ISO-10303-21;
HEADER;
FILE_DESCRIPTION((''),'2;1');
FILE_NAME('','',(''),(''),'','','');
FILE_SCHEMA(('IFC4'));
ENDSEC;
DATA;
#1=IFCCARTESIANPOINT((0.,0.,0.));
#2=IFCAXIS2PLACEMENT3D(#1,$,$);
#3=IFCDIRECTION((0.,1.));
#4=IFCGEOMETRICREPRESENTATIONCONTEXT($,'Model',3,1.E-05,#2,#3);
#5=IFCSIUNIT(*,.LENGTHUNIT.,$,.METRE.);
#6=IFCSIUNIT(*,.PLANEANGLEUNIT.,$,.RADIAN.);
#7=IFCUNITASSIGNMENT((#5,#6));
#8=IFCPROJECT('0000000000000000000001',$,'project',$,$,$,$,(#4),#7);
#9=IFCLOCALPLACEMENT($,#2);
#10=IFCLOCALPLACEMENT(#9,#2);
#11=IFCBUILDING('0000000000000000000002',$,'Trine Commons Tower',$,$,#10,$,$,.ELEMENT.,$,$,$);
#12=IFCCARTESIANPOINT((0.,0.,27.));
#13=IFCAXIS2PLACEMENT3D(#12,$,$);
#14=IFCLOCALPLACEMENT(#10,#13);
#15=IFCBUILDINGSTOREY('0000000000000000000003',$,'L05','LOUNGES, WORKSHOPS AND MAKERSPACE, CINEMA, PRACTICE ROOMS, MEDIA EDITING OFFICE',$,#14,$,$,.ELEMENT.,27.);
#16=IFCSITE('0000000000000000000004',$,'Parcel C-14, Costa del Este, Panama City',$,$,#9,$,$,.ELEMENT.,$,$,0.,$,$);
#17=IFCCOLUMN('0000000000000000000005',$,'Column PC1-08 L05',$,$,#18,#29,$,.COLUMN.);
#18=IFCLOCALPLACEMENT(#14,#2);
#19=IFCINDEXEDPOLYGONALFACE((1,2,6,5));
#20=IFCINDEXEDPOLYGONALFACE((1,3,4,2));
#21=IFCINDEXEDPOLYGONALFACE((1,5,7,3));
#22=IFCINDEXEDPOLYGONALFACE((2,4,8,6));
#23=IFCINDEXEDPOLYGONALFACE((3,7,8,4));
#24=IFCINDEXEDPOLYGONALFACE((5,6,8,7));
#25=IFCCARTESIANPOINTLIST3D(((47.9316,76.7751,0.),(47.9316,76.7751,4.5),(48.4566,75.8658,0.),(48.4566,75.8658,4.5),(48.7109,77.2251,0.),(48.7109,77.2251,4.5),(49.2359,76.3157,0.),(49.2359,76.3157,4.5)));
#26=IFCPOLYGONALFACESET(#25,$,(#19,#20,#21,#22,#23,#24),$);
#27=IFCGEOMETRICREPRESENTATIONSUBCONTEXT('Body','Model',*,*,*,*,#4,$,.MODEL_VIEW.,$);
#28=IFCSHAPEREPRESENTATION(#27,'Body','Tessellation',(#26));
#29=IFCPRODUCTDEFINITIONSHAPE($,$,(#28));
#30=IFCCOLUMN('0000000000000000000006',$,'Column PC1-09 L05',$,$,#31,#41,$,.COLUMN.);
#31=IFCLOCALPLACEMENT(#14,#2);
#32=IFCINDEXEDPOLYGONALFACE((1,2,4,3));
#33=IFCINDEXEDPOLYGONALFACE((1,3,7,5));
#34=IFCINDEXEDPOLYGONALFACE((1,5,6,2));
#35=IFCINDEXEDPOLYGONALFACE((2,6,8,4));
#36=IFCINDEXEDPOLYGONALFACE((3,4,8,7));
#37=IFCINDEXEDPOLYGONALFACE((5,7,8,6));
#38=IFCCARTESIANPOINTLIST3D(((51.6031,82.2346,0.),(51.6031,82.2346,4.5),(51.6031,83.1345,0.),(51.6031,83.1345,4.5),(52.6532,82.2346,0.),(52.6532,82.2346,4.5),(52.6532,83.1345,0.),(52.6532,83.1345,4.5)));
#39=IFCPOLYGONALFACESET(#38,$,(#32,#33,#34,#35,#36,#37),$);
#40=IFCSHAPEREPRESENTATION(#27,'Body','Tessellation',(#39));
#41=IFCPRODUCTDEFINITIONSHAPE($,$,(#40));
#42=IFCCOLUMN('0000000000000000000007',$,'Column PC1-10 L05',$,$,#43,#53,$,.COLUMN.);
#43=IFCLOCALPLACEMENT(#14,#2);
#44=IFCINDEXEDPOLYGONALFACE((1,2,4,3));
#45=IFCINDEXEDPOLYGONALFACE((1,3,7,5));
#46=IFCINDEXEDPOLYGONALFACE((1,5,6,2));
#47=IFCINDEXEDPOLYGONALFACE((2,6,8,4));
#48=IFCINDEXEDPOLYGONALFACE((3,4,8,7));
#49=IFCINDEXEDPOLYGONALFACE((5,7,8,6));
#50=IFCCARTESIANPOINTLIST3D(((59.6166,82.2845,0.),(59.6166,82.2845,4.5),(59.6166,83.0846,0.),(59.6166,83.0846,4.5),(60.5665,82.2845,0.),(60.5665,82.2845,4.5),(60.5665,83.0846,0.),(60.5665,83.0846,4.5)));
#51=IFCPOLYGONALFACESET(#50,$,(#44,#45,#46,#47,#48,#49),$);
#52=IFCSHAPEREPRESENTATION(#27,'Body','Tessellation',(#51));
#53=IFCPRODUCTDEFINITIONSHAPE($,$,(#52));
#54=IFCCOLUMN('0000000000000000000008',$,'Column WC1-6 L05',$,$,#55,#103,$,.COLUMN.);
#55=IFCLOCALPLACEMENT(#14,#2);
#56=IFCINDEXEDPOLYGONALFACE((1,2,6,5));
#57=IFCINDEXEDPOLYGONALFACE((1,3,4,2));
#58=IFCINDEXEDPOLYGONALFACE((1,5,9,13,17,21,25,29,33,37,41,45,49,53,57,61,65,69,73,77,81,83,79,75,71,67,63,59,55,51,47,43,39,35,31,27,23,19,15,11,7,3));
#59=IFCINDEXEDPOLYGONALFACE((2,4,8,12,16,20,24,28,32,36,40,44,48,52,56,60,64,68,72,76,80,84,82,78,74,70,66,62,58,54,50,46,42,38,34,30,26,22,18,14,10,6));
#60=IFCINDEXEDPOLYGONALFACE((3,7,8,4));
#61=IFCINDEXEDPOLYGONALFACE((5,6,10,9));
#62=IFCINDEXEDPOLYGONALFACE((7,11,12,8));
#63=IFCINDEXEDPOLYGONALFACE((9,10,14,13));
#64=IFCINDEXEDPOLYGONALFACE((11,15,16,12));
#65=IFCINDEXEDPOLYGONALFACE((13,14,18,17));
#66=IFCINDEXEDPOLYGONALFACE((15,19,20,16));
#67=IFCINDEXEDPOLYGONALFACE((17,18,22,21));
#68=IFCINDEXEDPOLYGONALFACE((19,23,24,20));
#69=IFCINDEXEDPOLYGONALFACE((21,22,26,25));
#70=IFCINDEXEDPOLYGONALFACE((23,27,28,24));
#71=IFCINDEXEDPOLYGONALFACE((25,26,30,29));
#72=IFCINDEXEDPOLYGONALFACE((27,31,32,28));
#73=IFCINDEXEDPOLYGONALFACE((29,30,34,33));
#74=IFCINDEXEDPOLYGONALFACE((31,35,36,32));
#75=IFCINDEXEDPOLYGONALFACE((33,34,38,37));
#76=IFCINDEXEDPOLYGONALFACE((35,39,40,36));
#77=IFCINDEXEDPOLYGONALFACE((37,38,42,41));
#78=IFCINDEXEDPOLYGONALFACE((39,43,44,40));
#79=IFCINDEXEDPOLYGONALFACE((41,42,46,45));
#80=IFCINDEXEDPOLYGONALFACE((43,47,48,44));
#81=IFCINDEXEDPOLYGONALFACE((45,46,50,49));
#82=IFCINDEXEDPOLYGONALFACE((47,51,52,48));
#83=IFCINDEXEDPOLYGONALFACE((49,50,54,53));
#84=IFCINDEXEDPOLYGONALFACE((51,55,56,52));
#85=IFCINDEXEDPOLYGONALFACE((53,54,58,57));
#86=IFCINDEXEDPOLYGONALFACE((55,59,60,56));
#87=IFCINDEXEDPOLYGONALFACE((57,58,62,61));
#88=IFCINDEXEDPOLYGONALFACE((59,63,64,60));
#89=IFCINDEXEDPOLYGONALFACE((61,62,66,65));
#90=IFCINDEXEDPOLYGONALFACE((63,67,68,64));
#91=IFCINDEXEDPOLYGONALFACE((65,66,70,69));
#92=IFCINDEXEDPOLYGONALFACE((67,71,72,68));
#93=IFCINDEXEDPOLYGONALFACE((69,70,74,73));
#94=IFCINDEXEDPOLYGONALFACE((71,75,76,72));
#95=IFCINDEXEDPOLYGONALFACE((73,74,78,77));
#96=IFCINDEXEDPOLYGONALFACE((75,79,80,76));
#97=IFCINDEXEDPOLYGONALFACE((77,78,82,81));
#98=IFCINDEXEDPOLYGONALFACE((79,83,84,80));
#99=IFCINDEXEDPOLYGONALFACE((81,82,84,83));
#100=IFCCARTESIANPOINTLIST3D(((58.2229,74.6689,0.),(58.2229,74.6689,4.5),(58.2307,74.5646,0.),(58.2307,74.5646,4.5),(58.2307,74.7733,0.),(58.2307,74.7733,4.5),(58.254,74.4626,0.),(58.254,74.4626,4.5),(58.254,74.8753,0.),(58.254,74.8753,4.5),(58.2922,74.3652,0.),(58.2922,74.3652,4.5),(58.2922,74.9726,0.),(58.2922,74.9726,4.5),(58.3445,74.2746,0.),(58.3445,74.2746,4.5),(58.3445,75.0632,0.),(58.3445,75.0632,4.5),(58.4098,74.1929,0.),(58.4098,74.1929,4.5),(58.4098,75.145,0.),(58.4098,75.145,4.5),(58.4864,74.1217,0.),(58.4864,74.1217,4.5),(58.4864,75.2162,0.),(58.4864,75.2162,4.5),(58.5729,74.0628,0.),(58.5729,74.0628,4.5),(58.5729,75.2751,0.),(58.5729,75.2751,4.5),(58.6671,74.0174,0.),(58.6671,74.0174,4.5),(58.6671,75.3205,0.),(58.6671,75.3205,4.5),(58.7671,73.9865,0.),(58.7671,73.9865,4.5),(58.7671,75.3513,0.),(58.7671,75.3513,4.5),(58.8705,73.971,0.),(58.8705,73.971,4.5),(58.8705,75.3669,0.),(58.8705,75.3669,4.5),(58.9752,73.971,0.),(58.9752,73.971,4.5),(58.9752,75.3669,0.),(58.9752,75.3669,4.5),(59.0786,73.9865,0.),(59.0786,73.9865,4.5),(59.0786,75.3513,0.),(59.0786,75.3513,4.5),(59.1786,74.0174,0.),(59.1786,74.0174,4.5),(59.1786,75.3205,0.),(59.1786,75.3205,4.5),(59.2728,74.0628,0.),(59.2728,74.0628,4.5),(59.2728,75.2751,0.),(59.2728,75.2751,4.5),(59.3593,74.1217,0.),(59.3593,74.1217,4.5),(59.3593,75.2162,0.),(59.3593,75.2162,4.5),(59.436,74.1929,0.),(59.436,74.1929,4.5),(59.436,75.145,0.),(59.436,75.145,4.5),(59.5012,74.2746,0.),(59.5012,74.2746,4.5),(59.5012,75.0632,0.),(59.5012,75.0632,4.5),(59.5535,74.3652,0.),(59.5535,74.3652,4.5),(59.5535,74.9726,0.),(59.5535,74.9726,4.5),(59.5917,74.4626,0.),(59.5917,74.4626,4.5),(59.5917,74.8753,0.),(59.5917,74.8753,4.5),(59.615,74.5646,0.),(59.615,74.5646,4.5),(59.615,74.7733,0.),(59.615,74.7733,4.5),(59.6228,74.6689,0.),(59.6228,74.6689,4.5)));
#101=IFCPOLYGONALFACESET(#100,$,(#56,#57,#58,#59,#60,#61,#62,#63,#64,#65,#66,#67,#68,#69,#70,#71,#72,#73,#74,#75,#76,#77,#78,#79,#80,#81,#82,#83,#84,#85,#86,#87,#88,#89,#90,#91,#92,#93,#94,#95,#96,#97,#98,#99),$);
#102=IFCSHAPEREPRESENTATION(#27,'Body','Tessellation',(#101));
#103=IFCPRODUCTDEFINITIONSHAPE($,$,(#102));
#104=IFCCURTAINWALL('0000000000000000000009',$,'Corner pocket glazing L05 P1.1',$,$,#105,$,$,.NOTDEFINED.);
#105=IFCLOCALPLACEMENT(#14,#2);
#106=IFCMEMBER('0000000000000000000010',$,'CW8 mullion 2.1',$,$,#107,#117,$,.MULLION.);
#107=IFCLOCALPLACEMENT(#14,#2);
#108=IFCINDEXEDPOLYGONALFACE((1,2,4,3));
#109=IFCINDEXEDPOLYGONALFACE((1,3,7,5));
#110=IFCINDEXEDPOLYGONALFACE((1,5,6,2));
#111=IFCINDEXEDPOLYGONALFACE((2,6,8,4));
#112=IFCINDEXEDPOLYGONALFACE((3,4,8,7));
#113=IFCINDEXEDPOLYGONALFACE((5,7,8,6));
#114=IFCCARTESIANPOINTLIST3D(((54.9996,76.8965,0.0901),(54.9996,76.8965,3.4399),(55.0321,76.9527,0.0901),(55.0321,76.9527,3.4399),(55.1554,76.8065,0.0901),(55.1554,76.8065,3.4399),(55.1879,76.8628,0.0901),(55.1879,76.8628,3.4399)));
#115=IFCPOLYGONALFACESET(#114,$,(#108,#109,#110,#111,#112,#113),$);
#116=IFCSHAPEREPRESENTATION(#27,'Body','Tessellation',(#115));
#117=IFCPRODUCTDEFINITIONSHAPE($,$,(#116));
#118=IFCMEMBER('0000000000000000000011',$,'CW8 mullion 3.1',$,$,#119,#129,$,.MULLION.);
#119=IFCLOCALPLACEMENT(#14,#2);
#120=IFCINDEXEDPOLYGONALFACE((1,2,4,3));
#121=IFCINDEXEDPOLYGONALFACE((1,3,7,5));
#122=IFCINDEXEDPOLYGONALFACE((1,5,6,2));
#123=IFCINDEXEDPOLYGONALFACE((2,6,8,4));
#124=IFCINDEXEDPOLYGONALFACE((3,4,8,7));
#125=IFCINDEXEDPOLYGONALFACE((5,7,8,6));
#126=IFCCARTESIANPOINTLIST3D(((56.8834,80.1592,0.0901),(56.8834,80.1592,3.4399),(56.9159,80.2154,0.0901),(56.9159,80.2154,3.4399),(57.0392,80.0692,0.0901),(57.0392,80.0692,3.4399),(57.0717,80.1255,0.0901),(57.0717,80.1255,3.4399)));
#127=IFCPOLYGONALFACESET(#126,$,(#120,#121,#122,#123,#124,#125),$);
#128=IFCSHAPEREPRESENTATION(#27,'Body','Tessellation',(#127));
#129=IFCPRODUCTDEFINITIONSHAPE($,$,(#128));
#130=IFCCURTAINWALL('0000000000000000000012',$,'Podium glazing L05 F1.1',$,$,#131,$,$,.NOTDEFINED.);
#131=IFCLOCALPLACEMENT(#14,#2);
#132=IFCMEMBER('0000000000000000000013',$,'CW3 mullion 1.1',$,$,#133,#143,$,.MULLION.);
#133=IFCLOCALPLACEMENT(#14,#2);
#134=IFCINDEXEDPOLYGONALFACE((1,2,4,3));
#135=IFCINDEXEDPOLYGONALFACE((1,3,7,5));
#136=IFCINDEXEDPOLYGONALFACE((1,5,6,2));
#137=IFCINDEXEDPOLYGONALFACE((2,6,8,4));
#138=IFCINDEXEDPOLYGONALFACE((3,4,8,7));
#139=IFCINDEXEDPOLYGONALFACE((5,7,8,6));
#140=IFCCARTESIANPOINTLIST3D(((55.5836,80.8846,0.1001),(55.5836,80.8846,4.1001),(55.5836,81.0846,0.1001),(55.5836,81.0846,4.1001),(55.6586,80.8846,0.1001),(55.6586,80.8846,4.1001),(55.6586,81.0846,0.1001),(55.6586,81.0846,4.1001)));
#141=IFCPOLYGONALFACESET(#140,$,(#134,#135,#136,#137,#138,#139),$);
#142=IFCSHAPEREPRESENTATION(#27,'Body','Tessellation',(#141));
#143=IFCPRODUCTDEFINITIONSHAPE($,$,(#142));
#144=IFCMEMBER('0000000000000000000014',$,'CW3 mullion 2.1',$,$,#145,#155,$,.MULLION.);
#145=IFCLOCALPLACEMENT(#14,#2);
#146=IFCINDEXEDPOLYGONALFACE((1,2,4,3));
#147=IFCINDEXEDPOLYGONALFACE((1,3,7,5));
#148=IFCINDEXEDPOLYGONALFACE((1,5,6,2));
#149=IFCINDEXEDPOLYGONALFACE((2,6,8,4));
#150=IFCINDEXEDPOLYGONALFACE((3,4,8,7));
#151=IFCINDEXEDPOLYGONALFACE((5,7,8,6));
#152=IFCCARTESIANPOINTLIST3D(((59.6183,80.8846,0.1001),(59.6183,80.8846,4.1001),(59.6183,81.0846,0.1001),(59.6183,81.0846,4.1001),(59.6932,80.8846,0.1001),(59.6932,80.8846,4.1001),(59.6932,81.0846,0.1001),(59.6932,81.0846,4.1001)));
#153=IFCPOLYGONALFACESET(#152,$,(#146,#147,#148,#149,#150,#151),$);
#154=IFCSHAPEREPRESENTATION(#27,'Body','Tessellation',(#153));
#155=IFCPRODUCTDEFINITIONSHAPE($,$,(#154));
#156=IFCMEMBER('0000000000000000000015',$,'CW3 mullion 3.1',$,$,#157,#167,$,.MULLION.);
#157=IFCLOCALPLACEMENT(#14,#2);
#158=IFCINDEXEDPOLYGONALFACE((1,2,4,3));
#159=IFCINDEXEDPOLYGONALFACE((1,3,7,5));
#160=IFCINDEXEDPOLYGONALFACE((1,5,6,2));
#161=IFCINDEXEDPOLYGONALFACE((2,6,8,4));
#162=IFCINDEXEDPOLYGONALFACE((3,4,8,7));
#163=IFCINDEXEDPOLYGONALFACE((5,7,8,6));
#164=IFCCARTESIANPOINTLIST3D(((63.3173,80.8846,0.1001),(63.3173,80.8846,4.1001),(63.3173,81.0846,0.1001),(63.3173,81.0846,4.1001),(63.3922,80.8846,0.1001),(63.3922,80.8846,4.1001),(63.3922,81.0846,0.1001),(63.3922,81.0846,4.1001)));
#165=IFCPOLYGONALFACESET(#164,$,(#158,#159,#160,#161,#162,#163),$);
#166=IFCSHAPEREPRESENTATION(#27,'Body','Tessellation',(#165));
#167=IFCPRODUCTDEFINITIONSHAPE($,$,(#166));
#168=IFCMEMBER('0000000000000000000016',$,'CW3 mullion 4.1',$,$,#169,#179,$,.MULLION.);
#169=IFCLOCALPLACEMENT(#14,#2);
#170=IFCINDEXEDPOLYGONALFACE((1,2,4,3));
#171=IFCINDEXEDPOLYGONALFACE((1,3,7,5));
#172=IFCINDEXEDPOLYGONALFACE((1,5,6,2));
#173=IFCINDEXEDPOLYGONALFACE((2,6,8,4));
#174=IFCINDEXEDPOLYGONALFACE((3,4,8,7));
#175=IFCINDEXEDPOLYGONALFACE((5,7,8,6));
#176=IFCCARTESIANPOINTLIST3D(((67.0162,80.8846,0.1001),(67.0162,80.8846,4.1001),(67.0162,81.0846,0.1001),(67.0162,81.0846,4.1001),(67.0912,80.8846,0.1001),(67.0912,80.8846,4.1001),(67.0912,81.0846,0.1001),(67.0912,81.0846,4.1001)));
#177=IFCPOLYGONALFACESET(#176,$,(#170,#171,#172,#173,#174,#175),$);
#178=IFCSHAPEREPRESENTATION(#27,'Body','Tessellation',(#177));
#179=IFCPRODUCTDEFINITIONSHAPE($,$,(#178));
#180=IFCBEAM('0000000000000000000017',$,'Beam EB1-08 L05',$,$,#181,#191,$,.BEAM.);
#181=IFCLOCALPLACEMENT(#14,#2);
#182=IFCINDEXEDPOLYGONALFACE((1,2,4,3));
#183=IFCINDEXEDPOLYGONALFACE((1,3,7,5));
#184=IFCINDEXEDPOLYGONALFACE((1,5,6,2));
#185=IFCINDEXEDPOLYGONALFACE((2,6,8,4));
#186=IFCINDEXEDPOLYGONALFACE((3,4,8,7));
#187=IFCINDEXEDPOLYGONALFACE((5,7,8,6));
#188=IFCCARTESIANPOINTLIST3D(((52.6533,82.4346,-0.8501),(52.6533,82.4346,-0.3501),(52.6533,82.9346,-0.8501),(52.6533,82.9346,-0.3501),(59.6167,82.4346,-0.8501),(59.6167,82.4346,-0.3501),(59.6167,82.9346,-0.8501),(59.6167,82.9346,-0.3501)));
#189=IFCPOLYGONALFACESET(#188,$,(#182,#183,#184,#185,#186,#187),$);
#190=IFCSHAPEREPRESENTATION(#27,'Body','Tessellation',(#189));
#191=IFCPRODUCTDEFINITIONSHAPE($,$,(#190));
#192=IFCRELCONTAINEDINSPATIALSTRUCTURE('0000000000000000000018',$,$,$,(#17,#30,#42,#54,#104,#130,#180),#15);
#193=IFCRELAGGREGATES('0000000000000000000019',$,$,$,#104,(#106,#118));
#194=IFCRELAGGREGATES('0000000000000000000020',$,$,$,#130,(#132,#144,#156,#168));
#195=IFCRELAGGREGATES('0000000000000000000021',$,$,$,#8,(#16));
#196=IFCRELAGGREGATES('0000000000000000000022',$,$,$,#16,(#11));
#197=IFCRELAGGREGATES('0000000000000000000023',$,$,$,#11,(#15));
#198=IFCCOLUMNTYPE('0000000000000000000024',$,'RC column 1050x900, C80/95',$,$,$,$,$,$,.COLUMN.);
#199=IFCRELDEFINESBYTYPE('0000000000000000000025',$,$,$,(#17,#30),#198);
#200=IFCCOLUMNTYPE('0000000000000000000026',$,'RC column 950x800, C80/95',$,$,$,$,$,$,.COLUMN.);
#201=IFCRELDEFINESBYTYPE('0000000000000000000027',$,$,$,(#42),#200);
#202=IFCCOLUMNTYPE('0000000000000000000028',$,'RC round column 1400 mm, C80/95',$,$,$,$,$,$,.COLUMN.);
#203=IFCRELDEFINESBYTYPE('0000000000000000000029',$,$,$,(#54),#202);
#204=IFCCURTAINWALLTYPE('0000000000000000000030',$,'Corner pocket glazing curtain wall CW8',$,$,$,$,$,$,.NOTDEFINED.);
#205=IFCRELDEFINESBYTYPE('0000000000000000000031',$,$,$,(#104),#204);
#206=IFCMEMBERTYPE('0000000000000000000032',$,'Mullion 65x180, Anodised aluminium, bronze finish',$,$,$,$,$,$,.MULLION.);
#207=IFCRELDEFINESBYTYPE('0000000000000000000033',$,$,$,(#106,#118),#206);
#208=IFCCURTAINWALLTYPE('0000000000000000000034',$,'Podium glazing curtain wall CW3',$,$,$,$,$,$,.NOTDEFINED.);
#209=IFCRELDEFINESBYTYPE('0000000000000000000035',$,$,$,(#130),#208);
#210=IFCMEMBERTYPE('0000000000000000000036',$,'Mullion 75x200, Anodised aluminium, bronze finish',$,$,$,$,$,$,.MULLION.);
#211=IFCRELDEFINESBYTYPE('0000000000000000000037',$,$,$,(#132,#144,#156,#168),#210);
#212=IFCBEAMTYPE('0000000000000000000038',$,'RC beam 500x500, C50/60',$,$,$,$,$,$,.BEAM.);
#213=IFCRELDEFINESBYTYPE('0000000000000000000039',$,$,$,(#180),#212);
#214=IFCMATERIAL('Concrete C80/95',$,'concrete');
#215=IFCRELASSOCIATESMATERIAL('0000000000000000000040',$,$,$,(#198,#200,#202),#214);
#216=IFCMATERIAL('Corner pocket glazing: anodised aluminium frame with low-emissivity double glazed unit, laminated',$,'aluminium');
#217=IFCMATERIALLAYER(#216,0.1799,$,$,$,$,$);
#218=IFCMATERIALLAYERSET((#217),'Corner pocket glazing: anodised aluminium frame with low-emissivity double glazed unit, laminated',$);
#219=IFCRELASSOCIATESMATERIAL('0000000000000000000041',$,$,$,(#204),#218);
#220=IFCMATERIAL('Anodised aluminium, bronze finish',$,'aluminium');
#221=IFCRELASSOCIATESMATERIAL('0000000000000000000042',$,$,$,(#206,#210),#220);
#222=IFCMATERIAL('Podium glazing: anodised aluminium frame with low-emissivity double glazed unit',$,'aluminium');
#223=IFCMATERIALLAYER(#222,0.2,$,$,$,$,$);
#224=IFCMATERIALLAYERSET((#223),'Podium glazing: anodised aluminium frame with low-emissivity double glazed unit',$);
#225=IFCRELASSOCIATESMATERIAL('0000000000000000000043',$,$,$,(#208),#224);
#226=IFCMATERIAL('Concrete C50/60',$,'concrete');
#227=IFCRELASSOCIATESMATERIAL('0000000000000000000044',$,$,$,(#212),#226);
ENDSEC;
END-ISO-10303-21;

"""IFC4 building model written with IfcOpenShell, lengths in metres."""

from ifc_helpers import new_model, si_unit, direction, frame, origin, origin_2d, place, context, subcontext, project, spatial, rectangle, circle, extrude, material, layer, layer_set, material_profile, profile_set, type_object, element, aggregate, save


model = new_model("IFC4")

# Units and contexts
model_context = context("Model", 3, precision=1e-05, world=origin(), true_north=direction((0.0, 1.0)))
body_context = subcontext(model_context, "Body", "Model", "MODEL_VIEW")
ifc_project = project(units=[si_unit("LENGTHUNIT", "METRE"), si_unit("PLANEANGLEUNIT", "RADIAN")], contexts=[model_context])

# Site, building, storey
site_placement = place(None, origin())
site = spatial("IfcSite", under=ifc_project, at=site_placement, Name="Parcel C-14, Costa del Este, Panama City", CompositionType="ELEMENT", RefElevation=0.0)
building_placement = place(site_placement, origin())
building = spatial("IfcBuilding", under=site, at=building_placement, Name="Trine Commons Tower", CompositionType="ELEMENT")
storey_placement = place(building_placement, frame((0.0, 0.0, 27.0)))
storey = spatial("IfcBuildingStorey", under=building, at=storey_placement, Name="L05", Description="LOUNGES, WORKSHOPS AND MAKERSPACE, CINEMA, PRACTICE ROOMS, MEDIA EDITING OFFICE", CompositionType="ELEMENT", Elevation=27.0)

# Columns
ifc_material_1 = material(Name="Concrete C80/95", Category="concrete")
ifc_material_profile_1 = material_profile(ifc_material_1, rectangle(XDim=1.05, YDim=0.8999, at=origin_2d()), Name="RC 1050x900")
ifc_profile_set_1 = profile_set([ifc_material_profile_1], Name="Concrete C80/95")
column_type_1 = type_object("IfcColumnType", Name="RC column 1050x900, C80/95", PredefinedType="COLUMN", material=ifc_profile_set_1)
for number, where, z_axis, x_axis, name in (
    (1, (48.5837, 76.5454, 0.0), (0.0, 0.0, 1.0), (-0.5, 0.866025, 0.0), "Column PC1-08 L05"),
    (2, (52.1282, 82.6846, 0.0), (0.0, 0.0, 1.0), (1.0, 0.0, 0.0), "Column PC1-09 L05"),
):
    element("IfcColumn", number, at=place(storey_placement, frame(where, z_axis=z_axis, x_axis=x_axis)), inside=storey, type_object=column_type_1, Name=name, PredefinedType="COLUMN", context=body_context, shape_type="SweptSolid", body=[
        extrude(rectangle(XDim=1.05, YDim=0.8999, at=origin_2d()), origin(), (0.0, 0.0, 1.0), 4.5),
    ])
ifc_material_profile_2 = material_profile(ifc_material_1, rectangle(XDim=0.95, YDim=0.8, at=origin_2d()), Name="RC 950x800")
ifc_profile_set_2 = profile_set([ifc_material_profile_2], Name="Concrete C80/95")
column_type_2 = type_object("IfcColumnType", Name="RC column 950x800, C80/95", PredefinedType="COLUMN", material=ifc_profile_set_2)
column_1_placement = place(storey_placement, frame((60.0916, 82.6846, 0.0), z_axis=(0.0, 0.0, 1.0), x_axis=(1.0, 0.0, 0.0)))
element("IfcColumn", 3, at=column_1_placement, inside=storey, type_object=column_type_2, Name="Column PC1-10 L05", PredefinedType="COLUMN", context=body_context, shape_type="SweptSolid", body=[
    extrude(rectangle(XDim=0.95, YDim=0.8, at=origin_2d()), origin(), (0.0, 0.0, 1.0), 4.5),
])
ifc_material_profile_3 = material_profile(ifc_material_1, circle(Radius=0.7, at=origin_2d()), Name="RC round 1400")
ifc_profile_set_3 = profile_set([ifc_material_profile_3], Name="Concrete C80/95")
column_type_3 = type_object("IfcColumnType", Name="RC round column 1400 mm, C80/95", PredefinedType="COLUMN", material=ifc_profile_set_3)
column_2_placement = place(storey_placement, frame((58.9229, 74.6689, 0.0), z_axis=(0.0, 0.0, 1.0), x_axis=(1.0, 0.0, 0.0)))
element("IfcColumn", 4, at=column_2_placement, inside=storey, type_object=column_type_3, Name="Column WC1-6 L05", PredefinedType="COLUMN", context=body_context, shape_type="SweptSolid", body=[
    extrude(circle(Radius=0.7, at=origin_2d()), origin(), (0.0, 0.0, 1.0), 4.5),
])

# Curtain walls, members
ifc_material_2 = material(Name="Corner pocket glazing: anodised aluminium frame with low-emissivity double glazed unit, laminated", Category="aluminium")
ifc_layer_1 = layer(ifc_material_2, 0.1799)
ifc_layer_set_1 = layer_set([ifc_layer_1], Name="Corner pocket glazing: anodised aluminium frame with low-emissivity double glazed unit, laminated")
curtain_wall_type_1 = type_object("IfcCurtainWallType", Name="Corner pocket glazing curtain wall CW8", PredefinedType="NOTDEFINED", material=ifc_layer_set_1)
curtain_wall_1_placement = place(storey_placement, origin())
curtain_wall_1 = element("IfcCurtainWall", 5, at=curtain_wall_1_placement, inside=storey, type_object=curtain_wall_type_1, Name="Corner pocket glazing L05 P1.1", PredefinedType="NOTDEFINED")
ifc_material_3 = material(Name="Anodised aluminium, bronze finish", Category="aluminium")
ifc_material_profile_4 = material_profile(ifc_material_3, rectangle(XDim=0.1799, YDim=0.0649, at=origin_2d()), Name="Mullion 65x180")
ifc_profile_set_4 = profile_set([ifc_material_profile_4], Name="Anodised aluminium, bronze finish")
member_type_1 = type_object("IfcMemberType", Name="Mullion 65x180, Anodised aluminium, bronze finish", PredefinedType="MULLION", material=ifc_profile_set_4)
member_1_placement = place(storey_placement, frame((55.0938, 76.8796, 0.0901), z_axis=(0.0, 0.0, 1.0), x_axis=(-0.866025, 0.5, 0.0)))
member_1 = element("IfcMember", 6, at=member_1_placement, type_object=member_type_1, Name="CW8 mullion 2.1", PredefinedType="MULLION", context=body_context, shape_type="SweptSolid", body=[
    extrude(rectangle(XDim=0.1799, YDim=0.0649, at=origin_2d()), origin(), (0.0, 0.0, 1.0), 3.3499),
])
member_2_placement = place(storey_placement, frame((56.9775, 80.1423, 0.0901), z_axis=(0.0, 0.0, 1.0), x_axis=(-0.866025, 0.5, 0.0)))
member_2 = element("IfcMember", 7, at=member_2_placement, type_object=member_type_1, Name="CW8 mullion 3.1", PredefinedType="MULLION", context=body_context, shape_type="SweptSolid", body=[
    extrude(rectangle(XDim=0.1799, YDim=0.0649, at=origin_2d()), origin(), (0.0, 0.0, 1.0), 3.3499),
])
ifc_material_4 = material(Name="Podium glazing: anodised aluminium frame with low-emissivity double glazed unit", Category="aluminium")
ifc_layer_2 = layer(ifc_material_4, 0.2)
ifc_layer_set_2 = layer_set([ifc_layer_2], Name="Podium glazing: anodised aluminium frame with low-emissivity double glazed unit")
curtain_wall_type_2 = type_object("IfcCurtainWallType", Name="Podium glazing curtain wall CW3", PredefinedType="NOTDEFINED", material=ifc_layer_set_2)
curtain_wall_2_placement = place(storey_placement, origin())
curtain_wall_2 = element("IfcCurtainWall", 8, at=curtain_wall_2_placement, inside=storey, type_object=curtain_wall_type_2, Name="Podium glazing L05 F1.1", PredefinedType="NOTDEFINED")
ifc_material_profile_5 = material_profile(ifc_material_3, rectangle(XDim=0.2, YDim=0.075, at=origin_2d()), Name="Mullion 75x200")
ifc_profile_set_5 = profile_set([ifc_material_profile_5], Name="Anodised aluminium, bronze finish")
member_type_2 = type_object("IfcMemberType", Name="Mullion 75x200, Anodised aluminium, bronze finish", PredefinedType="MULLION", material=ifc_profile_set_5)
member_3_placement = place(storey_placement, frame((55.6211, 80.9846, 0.1001), z_axis=(0.0, 0.0, 1.0), x_axis=(0.0, 1.0, 0.0)))
member_3 = element("IfcMember", 9, at=member_3_placement, type_object=member_type_2, Name="CW3 mullion 1.1", PredefinedType="MULLION", context=body_context, shape_type="SweptSolid", body=[
    extrude(rectangle(XDim=0.2, YDim=0.075, at=origin_2d()), origin(), (0.0, 0.0, 1.0), 4.0),
])
member_4_placement = place(storey_placement, frame((59.6558, 80.9846, 0.1001), z_axis=(0.0, 0.0, 1.0), x_axis=(0.0, 1.0, 0.0)))
member_4 = element("IfcMember", 10, at=member_4_placement, type_object=member_type_2, Name="CW3 mullion 2.1", PredefinedType="MULLION", context=body_context, shape_type="SweptSolid", body=[
    extrude(rectangle(XDim=0.2, YDim=0.075, at=origin_2d()), origin(), (0.0, 0.0, 1.0), 4.0),
])
member_5_placement = place(storey_placement, frame((63.3547, 80.9846, 0.1001), z_axis=(0.0, 0.0, 1.0), x_axis=(0.0, 1.0, 0.0)))
member_5 = element("IfcMember", 11, at=member_5_placement, type_object=member_type_2, Name="CW3 mullion 3.1", PredefinedType="MULLION", context=body_context, shape_type="SweptSolid", body=[
    extrude(rectangle(XDim=0.2, YDim=0.075, at=origin_2d()), origin(), (0.0, 0.0, 1.0), 4.0),
])
member_6_placement = place(storey_placement, frame((67.0537, 80.9846, 0.1001), z_axis=(0.0, 0.0, 1.0), x_axis=(0.0, 1.0, 0.0)))
member_6 = element("IfcMember", 12, at=member_6_placement, type_object=member_type_2, Name="CW3 mullion 4.1", PredefinedType="MULLION", context=body_context, shape_type="SweptSolid", body=[
    extrude(rectangle(XDim=0.2, YDim=0.075, at=origin_2d()), origin(), (0.0, 0.0, 1.0), 4.0),
])

# Beam
ifc_material_5 = material(Name="Concrete C50/60", Category="concrete")
ifc_material_profile_6 = material_profile(ifc_material_5, rectangle(XDim=0.5, YDim=0.5, at=origin_2d()), Name="RC 500x500")
ifc_profile_set_6 = profile_set([ifc_material_profile_6], Name="Concrete C50/60")
beam_type_1 = type_object("IfcBeamType", Name="RC beam 500x500, C50/60", PredefinedType="BEAM", material=ifc_profile_set_6)
beam_1_placement = place(storey_placement, frame((52.6533, 82.6846, -0.6001), z_axis=(1.0, 0.0, 0.0), x_axis=(0.0, 1.0, 0.0)))
element("IfcBeam", 13, at=beam_1_placement, inside=storey, type_object=beam_type_1, Name="Beam EB1-08 L05", PredefinedType="BEAM", context=body_context, shape_type="SweptSolid", body=[
    extrude(rectangle(XDim=0.5, YDim=0.5, at=origin_2d()), origin(), (0.0, 0.0, 1.0), 6.9634),
])

aggregate(curtain_wall_1, [member_1, member_2])
aggregate(curtain_wall_2, [member_3, member_4, member_5, member_6])

save(model, "model.ifc")
